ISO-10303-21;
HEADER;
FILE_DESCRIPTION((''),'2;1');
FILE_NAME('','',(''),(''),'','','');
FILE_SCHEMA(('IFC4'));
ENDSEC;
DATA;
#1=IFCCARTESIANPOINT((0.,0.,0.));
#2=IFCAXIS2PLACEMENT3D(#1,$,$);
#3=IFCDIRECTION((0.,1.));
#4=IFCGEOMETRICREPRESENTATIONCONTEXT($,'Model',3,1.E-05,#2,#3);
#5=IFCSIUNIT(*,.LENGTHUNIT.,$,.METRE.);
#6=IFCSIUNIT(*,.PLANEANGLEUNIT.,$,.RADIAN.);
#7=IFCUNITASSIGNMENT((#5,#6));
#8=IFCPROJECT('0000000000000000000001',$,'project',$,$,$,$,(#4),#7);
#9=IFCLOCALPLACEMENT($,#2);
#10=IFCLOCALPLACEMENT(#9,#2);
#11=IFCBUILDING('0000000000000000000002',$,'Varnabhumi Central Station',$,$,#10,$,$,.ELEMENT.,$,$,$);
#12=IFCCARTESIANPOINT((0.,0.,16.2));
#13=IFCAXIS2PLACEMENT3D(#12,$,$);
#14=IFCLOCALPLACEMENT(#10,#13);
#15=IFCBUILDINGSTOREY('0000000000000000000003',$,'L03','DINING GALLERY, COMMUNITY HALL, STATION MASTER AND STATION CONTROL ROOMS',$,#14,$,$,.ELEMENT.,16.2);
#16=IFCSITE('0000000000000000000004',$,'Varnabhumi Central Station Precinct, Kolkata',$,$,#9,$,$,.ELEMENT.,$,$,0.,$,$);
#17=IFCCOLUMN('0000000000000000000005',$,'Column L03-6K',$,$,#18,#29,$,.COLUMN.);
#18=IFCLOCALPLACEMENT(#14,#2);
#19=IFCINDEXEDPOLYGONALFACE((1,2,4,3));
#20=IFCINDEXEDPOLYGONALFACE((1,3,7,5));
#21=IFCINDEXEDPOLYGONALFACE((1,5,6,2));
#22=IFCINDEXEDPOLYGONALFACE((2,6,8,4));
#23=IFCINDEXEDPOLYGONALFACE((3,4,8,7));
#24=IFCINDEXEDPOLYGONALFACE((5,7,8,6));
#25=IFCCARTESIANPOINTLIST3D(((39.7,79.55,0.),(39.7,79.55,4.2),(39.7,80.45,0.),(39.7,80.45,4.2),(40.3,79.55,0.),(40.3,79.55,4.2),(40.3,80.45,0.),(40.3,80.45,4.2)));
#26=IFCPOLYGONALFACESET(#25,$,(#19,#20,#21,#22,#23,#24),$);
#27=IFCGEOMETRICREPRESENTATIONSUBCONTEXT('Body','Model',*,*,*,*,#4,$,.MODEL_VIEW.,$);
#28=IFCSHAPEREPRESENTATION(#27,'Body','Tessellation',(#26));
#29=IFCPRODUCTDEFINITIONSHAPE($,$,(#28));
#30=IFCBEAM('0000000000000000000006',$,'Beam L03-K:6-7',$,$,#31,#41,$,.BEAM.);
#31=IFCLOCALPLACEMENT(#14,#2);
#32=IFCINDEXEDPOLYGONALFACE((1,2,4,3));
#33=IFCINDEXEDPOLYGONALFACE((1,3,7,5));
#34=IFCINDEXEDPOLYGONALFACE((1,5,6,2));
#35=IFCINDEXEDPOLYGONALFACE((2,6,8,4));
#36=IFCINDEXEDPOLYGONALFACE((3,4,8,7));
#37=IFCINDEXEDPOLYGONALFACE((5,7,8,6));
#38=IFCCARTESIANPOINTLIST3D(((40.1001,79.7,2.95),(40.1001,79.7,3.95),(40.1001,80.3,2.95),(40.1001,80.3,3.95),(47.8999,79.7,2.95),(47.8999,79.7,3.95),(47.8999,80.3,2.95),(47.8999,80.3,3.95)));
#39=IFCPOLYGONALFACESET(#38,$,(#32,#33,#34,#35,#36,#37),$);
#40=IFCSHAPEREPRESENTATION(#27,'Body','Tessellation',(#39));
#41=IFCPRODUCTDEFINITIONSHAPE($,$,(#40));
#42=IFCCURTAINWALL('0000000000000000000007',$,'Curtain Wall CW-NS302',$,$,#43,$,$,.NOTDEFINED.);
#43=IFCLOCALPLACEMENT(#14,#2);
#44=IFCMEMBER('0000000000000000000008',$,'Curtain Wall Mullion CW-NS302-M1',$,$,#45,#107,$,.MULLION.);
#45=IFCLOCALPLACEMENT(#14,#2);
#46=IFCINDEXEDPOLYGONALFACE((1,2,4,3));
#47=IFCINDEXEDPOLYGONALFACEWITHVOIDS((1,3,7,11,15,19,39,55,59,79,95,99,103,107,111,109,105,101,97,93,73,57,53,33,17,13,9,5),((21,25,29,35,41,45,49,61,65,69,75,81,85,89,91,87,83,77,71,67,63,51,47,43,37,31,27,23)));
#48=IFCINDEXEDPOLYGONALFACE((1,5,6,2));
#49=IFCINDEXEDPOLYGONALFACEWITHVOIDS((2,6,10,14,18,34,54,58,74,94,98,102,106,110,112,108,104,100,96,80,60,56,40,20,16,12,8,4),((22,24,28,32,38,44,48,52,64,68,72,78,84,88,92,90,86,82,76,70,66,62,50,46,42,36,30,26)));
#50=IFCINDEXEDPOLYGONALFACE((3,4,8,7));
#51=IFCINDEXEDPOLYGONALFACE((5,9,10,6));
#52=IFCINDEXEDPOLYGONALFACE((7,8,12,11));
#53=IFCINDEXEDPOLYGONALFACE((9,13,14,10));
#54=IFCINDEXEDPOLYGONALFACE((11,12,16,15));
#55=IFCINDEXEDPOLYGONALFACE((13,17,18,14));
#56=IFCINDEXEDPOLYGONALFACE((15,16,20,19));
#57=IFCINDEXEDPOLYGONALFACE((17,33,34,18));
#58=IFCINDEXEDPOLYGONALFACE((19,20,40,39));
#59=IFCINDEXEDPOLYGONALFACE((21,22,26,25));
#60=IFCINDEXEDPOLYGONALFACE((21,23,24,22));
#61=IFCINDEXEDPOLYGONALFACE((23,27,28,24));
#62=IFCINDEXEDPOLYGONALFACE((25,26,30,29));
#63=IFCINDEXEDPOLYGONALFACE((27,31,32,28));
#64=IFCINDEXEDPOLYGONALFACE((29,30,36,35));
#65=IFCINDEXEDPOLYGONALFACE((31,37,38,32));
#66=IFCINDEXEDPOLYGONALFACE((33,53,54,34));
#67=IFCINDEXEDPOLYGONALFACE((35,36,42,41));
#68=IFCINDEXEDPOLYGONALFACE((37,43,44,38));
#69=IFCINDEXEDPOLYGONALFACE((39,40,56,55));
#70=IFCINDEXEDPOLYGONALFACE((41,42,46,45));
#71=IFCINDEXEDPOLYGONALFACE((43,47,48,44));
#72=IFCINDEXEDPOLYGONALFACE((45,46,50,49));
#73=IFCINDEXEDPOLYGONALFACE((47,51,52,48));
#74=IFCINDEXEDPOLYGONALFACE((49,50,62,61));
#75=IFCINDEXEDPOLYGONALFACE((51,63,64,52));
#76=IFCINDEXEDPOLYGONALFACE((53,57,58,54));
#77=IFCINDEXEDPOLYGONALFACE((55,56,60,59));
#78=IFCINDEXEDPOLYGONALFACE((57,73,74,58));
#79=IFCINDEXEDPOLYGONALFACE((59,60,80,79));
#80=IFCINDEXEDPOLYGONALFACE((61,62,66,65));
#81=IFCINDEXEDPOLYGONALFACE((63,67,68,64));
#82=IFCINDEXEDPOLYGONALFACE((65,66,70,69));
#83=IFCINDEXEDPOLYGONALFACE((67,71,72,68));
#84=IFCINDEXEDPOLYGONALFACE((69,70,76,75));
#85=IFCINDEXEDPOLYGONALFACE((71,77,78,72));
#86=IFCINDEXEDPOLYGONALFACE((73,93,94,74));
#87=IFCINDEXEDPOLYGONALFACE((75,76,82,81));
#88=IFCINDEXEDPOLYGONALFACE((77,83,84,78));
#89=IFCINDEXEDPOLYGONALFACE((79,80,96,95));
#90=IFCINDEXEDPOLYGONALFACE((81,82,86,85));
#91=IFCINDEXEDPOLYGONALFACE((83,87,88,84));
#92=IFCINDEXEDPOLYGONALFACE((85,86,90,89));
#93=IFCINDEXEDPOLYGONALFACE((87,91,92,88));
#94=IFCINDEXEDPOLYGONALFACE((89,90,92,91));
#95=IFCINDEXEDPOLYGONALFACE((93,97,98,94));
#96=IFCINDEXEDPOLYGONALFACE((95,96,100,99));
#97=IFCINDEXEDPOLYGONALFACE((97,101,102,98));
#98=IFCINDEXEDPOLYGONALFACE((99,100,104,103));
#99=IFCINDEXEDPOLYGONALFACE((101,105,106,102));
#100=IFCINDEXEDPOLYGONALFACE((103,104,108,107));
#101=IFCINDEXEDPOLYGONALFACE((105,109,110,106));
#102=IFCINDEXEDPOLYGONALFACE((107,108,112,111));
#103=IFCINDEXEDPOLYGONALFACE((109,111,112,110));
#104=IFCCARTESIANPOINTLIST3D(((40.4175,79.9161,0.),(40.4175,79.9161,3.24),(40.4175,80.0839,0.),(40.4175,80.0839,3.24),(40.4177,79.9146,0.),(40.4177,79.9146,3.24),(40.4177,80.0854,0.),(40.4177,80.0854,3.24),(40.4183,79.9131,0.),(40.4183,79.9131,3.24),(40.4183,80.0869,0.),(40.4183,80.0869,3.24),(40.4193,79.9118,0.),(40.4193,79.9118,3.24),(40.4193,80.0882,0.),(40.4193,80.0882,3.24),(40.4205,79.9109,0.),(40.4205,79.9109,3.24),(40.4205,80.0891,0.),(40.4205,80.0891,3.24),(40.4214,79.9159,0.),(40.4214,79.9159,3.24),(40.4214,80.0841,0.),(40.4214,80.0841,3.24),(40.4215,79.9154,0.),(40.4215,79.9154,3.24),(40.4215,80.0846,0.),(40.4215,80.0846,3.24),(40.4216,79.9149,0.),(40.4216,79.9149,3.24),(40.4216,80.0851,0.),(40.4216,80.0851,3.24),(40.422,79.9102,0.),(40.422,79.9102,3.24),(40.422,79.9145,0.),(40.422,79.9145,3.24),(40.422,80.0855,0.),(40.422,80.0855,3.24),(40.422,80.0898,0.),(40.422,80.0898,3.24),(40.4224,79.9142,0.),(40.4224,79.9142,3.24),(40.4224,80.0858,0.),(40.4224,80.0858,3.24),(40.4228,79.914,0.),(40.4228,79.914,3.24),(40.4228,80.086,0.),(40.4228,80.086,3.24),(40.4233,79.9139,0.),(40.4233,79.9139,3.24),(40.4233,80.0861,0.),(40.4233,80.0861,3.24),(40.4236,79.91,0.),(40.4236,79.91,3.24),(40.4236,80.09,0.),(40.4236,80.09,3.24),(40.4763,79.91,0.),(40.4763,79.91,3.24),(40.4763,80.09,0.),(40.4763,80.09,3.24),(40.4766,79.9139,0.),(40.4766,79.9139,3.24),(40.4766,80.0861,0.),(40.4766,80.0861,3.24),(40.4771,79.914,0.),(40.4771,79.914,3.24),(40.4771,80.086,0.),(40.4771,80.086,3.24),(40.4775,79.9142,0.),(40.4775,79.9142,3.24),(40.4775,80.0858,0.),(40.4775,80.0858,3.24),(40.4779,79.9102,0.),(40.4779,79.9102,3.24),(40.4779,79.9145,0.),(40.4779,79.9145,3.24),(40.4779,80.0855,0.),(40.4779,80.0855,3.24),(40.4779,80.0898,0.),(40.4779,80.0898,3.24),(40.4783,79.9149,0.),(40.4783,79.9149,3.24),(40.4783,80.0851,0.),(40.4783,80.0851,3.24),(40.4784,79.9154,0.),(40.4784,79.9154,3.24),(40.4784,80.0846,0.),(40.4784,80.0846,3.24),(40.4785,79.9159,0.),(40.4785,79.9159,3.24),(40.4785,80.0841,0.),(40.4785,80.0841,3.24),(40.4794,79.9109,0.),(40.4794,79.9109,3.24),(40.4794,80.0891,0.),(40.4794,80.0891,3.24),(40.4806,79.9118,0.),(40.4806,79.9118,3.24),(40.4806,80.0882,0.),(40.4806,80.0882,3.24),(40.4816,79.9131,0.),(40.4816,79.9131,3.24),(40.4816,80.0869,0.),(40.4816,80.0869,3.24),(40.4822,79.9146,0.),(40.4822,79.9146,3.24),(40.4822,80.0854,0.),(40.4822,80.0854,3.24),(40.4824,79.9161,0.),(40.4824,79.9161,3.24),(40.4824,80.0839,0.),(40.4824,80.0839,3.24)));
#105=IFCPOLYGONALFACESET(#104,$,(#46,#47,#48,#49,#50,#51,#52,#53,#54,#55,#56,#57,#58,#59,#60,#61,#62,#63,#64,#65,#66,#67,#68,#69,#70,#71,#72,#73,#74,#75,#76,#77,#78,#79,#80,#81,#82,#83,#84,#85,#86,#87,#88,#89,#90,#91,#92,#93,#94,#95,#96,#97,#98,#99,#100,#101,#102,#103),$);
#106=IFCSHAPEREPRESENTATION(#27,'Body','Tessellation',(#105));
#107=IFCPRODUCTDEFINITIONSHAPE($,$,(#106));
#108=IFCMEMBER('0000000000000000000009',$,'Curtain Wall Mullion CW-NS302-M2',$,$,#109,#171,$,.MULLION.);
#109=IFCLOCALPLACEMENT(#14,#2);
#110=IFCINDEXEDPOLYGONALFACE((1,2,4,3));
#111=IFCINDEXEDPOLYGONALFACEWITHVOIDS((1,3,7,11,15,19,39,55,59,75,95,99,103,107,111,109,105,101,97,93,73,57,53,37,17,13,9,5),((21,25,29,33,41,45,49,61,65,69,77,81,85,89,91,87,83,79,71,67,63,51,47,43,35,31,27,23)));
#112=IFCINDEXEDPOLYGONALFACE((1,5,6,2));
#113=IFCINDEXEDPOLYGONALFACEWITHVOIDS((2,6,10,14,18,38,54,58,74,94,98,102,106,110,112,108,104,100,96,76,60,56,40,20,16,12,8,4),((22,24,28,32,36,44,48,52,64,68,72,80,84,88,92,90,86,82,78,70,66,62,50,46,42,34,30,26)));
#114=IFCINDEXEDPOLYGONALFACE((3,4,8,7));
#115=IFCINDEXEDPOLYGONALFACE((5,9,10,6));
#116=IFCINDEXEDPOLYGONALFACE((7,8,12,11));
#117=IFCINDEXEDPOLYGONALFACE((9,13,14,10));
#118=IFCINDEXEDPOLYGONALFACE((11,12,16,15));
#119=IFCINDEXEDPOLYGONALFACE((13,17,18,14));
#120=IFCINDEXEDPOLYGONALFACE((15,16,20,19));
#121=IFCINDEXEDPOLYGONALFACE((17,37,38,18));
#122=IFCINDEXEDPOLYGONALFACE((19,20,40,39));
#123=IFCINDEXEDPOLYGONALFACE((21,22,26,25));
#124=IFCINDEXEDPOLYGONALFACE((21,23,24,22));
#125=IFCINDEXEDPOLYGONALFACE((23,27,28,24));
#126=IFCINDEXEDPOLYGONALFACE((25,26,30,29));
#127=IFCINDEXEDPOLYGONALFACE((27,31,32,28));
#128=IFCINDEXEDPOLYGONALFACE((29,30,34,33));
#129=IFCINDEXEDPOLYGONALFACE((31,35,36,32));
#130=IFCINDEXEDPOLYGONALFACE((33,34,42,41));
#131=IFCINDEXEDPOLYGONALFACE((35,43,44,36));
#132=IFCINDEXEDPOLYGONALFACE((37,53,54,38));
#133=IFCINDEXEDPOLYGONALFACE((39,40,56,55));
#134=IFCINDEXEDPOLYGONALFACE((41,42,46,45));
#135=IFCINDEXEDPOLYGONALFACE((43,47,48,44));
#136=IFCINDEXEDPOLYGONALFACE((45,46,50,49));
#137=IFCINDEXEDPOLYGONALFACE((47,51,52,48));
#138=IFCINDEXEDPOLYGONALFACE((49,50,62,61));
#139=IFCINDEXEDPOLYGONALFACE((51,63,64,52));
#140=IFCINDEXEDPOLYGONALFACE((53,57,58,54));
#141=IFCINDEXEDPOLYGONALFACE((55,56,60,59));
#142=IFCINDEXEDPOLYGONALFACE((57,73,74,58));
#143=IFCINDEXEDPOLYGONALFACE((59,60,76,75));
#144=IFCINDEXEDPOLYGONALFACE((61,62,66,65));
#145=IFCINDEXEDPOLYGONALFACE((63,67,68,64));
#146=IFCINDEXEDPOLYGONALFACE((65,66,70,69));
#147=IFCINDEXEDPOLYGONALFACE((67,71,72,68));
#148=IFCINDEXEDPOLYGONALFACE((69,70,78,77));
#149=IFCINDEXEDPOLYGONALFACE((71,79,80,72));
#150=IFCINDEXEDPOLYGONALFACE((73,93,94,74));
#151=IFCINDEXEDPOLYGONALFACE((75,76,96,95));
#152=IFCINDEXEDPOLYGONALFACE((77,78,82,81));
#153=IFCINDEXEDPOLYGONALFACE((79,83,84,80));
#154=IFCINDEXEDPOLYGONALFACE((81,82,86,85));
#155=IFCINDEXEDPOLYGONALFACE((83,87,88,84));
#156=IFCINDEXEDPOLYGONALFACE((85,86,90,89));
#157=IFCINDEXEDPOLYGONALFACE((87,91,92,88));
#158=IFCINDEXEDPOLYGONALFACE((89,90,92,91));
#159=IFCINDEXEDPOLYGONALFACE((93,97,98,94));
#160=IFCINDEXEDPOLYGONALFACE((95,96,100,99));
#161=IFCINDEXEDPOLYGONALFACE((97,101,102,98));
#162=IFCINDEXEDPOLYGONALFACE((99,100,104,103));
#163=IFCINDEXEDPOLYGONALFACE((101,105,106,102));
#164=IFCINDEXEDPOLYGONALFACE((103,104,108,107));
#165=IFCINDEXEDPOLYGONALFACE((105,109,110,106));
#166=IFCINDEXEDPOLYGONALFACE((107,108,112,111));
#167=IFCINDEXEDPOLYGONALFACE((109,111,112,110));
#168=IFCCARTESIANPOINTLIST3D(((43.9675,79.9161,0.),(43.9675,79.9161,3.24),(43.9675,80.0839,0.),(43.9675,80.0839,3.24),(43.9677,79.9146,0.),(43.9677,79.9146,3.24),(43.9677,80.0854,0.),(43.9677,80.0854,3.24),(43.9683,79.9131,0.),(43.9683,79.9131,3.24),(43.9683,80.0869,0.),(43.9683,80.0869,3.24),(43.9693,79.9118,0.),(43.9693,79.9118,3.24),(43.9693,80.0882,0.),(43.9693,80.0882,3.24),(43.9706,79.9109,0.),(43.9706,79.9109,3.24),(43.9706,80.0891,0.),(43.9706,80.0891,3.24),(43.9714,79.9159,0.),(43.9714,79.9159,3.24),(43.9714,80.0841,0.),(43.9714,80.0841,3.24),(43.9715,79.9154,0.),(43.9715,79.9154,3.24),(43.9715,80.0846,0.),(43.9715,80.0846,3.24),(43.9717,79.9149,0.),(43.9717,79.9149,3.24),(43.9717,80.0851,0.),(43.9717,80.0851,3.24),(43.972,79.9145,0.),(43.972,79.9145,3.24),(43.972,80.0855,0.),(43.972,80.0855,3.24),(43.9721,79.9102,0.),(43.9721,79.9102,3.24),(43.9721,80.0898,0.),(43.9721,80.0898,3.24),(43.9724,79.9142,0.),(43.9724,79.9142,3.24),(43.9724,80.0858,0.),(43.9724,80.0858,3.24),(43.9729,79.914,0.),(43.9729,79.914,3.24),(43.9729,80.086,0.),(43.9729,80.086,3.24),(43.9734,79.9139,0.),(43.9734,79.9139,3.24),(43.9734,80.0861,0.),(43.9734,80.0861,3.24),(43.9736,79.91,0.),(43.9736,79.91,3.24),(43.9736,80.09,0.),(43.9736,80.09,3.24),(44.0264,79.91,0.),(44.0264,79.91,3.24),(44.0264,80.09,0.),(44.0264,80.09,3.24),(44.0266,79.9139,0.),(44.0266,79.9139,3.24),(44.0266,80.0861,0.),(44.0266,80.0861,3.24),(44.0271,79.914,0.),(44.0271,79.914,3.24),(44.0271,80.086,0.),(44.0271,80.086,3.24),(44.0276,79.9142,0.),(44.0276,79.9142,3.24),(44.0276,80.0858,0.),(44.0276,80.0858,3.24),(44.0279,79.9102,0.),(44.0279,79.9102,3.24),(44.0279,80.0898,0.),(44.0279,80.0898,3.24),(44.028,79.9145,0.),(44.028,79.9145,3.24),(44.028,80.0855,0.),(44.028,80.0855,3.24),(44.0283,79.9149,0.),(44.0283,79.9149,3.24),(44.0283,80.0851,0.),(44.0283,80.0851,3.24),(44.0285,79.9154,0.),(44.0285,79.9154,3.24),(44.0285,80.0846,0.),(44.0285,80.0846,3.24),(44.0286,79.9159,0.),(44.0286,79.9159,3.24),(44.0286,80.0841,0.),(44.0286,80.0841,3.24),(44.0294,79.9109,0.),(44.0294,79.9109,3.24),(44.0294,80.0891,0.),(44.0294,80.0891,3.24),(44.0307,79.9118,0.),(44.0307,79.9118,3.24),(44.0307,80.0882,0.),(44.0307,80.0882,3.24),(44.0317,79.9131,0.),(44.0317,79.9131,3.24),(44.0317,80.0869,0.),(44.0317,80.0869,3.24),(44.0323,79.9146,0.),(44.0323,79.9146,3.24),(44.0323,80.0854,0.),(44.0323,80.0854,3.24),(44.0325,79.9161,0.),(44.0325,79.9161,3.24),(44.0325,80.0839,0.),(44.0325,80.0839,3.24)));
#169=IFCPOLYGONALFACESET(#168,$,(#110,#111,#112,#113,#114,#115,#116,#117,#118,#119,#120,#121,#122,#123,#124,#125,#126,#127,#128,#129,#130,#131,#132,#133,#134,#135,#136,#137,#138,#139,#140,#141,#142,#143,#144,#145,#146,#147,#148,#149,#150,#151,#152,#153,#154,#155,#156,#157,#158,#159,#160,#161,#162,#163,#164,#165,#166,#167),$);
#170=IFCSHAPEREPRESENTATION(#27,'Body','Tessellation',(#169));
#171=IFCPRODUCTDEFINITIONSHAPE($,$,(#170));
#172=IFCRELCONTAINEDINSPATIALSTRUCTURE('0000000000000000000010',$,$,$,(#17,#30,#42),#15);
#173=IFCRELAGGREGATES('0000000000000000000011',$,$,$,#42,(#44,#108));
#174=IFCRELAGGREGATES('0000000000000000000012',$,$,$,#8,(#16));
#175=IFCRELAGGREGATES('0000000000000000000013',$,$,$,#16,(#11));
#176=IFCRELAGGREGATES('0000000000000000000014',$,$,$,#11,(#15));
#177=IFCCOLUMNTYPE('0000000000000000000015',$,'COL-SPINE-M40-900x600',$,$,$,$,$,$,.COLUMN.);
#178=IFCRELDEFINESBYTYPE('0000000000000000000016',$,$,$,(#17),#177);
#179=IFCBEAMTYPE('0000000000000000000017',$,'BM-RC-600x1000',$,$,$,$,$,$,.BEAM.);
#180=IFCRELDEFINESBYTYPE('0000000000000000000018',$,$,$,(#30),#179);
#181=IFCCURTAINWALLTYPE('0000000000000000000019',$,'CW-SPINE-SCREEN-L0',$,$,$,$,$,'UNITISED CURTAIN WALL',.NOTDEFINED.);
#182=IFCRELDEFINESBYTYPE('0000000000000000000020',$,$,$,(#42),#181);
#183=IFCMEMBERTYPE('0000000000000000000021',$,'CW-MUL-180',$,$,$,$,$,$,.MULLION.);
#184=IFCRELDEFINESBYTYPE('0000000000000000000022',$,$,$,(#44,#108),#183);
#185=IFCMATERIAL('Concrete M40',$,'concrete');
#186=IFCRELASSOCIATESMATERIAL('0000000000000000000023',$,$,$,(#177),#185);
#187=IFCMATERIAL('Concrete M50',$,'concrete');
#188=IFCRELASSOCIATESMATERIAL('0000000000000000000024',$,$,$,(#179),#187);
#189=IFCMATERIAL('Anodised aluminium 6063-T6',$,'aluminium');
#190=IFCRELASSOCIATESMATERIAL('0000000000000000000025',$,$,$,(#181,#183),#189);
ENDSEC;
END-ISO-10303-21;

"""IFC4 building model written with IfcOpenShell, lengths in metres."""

from ifc_helpers import new_model, si_unit, direction, frame, origin, origin_2d, place, context, subcontext, project, spatial, rectangle, hollow_rectangle, extrude, material, material_profile, profile_set, type_object, element, aggregate, save


model = new_model("IFC4")

# Units and contexts
model_context = context("Model", 3, precision=1e-05, world=origin(), true_north=direction((0.0, 1.0)))
body_context = subcontext(model_context, "Body", "Model", "MODEL_VIEW")
ifc_project = project(units=[si_unit("LENGTHUNIT", "METRE"), si_unit("PLANEANGLEUNIT", "RADIAN")], contexts=[model_context])

# Site, building, storey
site_placement = place(None, origin())
site = spatial("IfcSite", under=ifc_project, at=site_placement, Name="Varnabhumi Central Station Precinct, Kolkata", CompositionType="ELEMENT", RefElevation=0.0)
building_placement = place(site_placement, origin())
building = spatial("IfcBuilding", under=site, at=building_placement, Name="Varnabhumi Central Station", CompositionType="ELEMENT")
storey_placement = place(building_placement, frame((0.0, 0.0, 16.2)))
storey = spatial("IfcBuildingStorey", under=building, at=storey_placement, Name="L03", Description="DINING GALLERY, COMMUNITY HALL, STATION MASTER AND STATION CONTROL ROOMS", CompositionType="ELEMENT", Elevation=16.2)

# Column
ifc_material_1 = material(Name="Concrete M40", Category="concrete")
ifc_material_profile_1 = material_profile(ifc_material_1, rectangle(XDim=0.6001, YDim=0.8999, at=origin_2d()), Name="Concrete M40", Category="concrete")
ifc_profile_set_1 = profile_set([ifc_material_profile_1], Name="Concrete M40")
column_type = type_object("IfcColumnType", Name="COL-SPINE-M40-900x600", PredefinedType="COLUMN", material=ifc_profile_set_1)
column_placement = place(storey_placement, frame((40.0, 80.0, 0.0), z_axis=(0.0, 0.0, 1.0), x_axis=(1.0, 0.0, 0.0)))
element("IfcColumn", 1, at=column_placement, inside=storey, type_object=column_type, Name="Column L03-6K", PredefinedType="COLUMN", context=body_context, shape_type="SweptSolid", body=[
    extrude(rectangle(XDim=0.6001, YDim=0.8999, at=origin_2d()), origin(), (0.0, 0.0, 1.0), 4.2),
])

# Beam
ifc_material_2 = material(Name="Concrete M50", Category="concrete")
ifc_material_profile_2 = material_profile(ifc_material_2, rectangle(XDim=0.6001, YDim=1.0, at=origin_2d()), Name="Concrete M50", Category="concrete")
ifc_profile_set_2 = profile_set([ifc_material_profile_2], Name="Concrete M50")
beam_type = type_object("IfcBeamType", Name="BM-RC-600x1000", PredefinedType="BEAM", material=ifc_profile_set_2)
beam_placement = place(storey_placement, frame((40.1001, 80.0, 3.45), z_axis=(1.0, 0.0, 0.0), x_axis=(0.0, 1.0, 0.0)))
element("IfcBeam", 2, at=beam_placement, inside=storey, type_object=beam_type, Name="Beam L03-K:6-7", PredefinedType="BEAM", context=body_context, shape_type="SweptSolid", body=[
    extrude(rectangle(XDim=0.6001, YDim=1.0, at=origin_2d()), origin(), (0.0, 0.0, 1.0), 7.7998),
])

# Curtain wall, members
ifc_material_3 = material(Name="Anodised aluminium 6063-T6", Category="aluminium")
curtain_wall_type = type_object("IfcCurtainWallType", Name="CW-SPINE-SCREEN-L0", ElementType="UNITISED CURTAIN WALL", PredefinedType="NOTDEFINED", material=ifc_material_3)
curtain_wall_placement = place(storey_placement, origin())
curtain_wall = element("IfcCurtainWall", 3, at=curtain_wall_placement, inside=storey, type_object=curtain_wall_type, Name="Curtain Wall CW-NS302", PredefinedType="NOTDEFINED")
ifc_material_profile_3 = material_profile(ifc_material_3, hollow_rectangle(XDim=0.0649, YDim=0.1799, WallThickness=0.0039, InnerFilletRadius=0.002, OuterFilletRadius=0.0061, at=origin_2d()), Name="Anodised aluminium 6063-T6", Category="aluminium")
ifc_profile_set_3 = profile_set([ifc_material_profile_3], Name="Anodised aluminium 6063-T6")
member_type_1 = type_object("IfcMemberType", Name="CW-MUL-180", PredefinedType="MULLION", material=ifc_profile_set_3)
member_1_placement = place(storey_placement, frame((40.45, 80.0, 0.0), z_axis=(0.0, 0.0, 1.0), x_axis=(1.0, 0.0, 0.0)))
member_1 = element("IfcMember", 4, at=member_1_placement, type_object=member_type_1, Name="Curtain Wall Mullion CW-NS302-M1", PredefinedType="MULLION", context=body_context, shape_type="SweptSolid", body=[
    extrude(hollow_rectangle(XDim=0.0649, YDim=0.1799, WallThickness=0.0039, InnerFilletRadius=0.002, OuterFilletRadius=0.0061, at=origin_2d()), origin(), (0.0, 0.0, 1.0), 3.24),
])
member_2_placement = place(storey_placement, frame((44.0, 80.0, 0.0), z_axis=(0.0, 0.0, 1.0), x_axis=(1.0, 0.0, 0.0)))
member_2 = element("IfcMember", 5, at=member_2_placement, type_object=member_type_1, Name="Curtain Wall Mullion CW-NS302-M2", PredefinedType="MULLION", context=body_context, shape_type="SweptSolid", body=[
    extrude(hollow_rectangle(XDim=0.0649, YDim=0.1799, WallThickness=0.0039, InnerFilletRadius=0.002, OuterFilletRadius=0.0061, at=origin_2d()), origin(), (0.0, 0.0, 1.0), 3.24),
])
aggregate(curtain_wall, [member_1, member_2])

save(model, "model.ifc")
